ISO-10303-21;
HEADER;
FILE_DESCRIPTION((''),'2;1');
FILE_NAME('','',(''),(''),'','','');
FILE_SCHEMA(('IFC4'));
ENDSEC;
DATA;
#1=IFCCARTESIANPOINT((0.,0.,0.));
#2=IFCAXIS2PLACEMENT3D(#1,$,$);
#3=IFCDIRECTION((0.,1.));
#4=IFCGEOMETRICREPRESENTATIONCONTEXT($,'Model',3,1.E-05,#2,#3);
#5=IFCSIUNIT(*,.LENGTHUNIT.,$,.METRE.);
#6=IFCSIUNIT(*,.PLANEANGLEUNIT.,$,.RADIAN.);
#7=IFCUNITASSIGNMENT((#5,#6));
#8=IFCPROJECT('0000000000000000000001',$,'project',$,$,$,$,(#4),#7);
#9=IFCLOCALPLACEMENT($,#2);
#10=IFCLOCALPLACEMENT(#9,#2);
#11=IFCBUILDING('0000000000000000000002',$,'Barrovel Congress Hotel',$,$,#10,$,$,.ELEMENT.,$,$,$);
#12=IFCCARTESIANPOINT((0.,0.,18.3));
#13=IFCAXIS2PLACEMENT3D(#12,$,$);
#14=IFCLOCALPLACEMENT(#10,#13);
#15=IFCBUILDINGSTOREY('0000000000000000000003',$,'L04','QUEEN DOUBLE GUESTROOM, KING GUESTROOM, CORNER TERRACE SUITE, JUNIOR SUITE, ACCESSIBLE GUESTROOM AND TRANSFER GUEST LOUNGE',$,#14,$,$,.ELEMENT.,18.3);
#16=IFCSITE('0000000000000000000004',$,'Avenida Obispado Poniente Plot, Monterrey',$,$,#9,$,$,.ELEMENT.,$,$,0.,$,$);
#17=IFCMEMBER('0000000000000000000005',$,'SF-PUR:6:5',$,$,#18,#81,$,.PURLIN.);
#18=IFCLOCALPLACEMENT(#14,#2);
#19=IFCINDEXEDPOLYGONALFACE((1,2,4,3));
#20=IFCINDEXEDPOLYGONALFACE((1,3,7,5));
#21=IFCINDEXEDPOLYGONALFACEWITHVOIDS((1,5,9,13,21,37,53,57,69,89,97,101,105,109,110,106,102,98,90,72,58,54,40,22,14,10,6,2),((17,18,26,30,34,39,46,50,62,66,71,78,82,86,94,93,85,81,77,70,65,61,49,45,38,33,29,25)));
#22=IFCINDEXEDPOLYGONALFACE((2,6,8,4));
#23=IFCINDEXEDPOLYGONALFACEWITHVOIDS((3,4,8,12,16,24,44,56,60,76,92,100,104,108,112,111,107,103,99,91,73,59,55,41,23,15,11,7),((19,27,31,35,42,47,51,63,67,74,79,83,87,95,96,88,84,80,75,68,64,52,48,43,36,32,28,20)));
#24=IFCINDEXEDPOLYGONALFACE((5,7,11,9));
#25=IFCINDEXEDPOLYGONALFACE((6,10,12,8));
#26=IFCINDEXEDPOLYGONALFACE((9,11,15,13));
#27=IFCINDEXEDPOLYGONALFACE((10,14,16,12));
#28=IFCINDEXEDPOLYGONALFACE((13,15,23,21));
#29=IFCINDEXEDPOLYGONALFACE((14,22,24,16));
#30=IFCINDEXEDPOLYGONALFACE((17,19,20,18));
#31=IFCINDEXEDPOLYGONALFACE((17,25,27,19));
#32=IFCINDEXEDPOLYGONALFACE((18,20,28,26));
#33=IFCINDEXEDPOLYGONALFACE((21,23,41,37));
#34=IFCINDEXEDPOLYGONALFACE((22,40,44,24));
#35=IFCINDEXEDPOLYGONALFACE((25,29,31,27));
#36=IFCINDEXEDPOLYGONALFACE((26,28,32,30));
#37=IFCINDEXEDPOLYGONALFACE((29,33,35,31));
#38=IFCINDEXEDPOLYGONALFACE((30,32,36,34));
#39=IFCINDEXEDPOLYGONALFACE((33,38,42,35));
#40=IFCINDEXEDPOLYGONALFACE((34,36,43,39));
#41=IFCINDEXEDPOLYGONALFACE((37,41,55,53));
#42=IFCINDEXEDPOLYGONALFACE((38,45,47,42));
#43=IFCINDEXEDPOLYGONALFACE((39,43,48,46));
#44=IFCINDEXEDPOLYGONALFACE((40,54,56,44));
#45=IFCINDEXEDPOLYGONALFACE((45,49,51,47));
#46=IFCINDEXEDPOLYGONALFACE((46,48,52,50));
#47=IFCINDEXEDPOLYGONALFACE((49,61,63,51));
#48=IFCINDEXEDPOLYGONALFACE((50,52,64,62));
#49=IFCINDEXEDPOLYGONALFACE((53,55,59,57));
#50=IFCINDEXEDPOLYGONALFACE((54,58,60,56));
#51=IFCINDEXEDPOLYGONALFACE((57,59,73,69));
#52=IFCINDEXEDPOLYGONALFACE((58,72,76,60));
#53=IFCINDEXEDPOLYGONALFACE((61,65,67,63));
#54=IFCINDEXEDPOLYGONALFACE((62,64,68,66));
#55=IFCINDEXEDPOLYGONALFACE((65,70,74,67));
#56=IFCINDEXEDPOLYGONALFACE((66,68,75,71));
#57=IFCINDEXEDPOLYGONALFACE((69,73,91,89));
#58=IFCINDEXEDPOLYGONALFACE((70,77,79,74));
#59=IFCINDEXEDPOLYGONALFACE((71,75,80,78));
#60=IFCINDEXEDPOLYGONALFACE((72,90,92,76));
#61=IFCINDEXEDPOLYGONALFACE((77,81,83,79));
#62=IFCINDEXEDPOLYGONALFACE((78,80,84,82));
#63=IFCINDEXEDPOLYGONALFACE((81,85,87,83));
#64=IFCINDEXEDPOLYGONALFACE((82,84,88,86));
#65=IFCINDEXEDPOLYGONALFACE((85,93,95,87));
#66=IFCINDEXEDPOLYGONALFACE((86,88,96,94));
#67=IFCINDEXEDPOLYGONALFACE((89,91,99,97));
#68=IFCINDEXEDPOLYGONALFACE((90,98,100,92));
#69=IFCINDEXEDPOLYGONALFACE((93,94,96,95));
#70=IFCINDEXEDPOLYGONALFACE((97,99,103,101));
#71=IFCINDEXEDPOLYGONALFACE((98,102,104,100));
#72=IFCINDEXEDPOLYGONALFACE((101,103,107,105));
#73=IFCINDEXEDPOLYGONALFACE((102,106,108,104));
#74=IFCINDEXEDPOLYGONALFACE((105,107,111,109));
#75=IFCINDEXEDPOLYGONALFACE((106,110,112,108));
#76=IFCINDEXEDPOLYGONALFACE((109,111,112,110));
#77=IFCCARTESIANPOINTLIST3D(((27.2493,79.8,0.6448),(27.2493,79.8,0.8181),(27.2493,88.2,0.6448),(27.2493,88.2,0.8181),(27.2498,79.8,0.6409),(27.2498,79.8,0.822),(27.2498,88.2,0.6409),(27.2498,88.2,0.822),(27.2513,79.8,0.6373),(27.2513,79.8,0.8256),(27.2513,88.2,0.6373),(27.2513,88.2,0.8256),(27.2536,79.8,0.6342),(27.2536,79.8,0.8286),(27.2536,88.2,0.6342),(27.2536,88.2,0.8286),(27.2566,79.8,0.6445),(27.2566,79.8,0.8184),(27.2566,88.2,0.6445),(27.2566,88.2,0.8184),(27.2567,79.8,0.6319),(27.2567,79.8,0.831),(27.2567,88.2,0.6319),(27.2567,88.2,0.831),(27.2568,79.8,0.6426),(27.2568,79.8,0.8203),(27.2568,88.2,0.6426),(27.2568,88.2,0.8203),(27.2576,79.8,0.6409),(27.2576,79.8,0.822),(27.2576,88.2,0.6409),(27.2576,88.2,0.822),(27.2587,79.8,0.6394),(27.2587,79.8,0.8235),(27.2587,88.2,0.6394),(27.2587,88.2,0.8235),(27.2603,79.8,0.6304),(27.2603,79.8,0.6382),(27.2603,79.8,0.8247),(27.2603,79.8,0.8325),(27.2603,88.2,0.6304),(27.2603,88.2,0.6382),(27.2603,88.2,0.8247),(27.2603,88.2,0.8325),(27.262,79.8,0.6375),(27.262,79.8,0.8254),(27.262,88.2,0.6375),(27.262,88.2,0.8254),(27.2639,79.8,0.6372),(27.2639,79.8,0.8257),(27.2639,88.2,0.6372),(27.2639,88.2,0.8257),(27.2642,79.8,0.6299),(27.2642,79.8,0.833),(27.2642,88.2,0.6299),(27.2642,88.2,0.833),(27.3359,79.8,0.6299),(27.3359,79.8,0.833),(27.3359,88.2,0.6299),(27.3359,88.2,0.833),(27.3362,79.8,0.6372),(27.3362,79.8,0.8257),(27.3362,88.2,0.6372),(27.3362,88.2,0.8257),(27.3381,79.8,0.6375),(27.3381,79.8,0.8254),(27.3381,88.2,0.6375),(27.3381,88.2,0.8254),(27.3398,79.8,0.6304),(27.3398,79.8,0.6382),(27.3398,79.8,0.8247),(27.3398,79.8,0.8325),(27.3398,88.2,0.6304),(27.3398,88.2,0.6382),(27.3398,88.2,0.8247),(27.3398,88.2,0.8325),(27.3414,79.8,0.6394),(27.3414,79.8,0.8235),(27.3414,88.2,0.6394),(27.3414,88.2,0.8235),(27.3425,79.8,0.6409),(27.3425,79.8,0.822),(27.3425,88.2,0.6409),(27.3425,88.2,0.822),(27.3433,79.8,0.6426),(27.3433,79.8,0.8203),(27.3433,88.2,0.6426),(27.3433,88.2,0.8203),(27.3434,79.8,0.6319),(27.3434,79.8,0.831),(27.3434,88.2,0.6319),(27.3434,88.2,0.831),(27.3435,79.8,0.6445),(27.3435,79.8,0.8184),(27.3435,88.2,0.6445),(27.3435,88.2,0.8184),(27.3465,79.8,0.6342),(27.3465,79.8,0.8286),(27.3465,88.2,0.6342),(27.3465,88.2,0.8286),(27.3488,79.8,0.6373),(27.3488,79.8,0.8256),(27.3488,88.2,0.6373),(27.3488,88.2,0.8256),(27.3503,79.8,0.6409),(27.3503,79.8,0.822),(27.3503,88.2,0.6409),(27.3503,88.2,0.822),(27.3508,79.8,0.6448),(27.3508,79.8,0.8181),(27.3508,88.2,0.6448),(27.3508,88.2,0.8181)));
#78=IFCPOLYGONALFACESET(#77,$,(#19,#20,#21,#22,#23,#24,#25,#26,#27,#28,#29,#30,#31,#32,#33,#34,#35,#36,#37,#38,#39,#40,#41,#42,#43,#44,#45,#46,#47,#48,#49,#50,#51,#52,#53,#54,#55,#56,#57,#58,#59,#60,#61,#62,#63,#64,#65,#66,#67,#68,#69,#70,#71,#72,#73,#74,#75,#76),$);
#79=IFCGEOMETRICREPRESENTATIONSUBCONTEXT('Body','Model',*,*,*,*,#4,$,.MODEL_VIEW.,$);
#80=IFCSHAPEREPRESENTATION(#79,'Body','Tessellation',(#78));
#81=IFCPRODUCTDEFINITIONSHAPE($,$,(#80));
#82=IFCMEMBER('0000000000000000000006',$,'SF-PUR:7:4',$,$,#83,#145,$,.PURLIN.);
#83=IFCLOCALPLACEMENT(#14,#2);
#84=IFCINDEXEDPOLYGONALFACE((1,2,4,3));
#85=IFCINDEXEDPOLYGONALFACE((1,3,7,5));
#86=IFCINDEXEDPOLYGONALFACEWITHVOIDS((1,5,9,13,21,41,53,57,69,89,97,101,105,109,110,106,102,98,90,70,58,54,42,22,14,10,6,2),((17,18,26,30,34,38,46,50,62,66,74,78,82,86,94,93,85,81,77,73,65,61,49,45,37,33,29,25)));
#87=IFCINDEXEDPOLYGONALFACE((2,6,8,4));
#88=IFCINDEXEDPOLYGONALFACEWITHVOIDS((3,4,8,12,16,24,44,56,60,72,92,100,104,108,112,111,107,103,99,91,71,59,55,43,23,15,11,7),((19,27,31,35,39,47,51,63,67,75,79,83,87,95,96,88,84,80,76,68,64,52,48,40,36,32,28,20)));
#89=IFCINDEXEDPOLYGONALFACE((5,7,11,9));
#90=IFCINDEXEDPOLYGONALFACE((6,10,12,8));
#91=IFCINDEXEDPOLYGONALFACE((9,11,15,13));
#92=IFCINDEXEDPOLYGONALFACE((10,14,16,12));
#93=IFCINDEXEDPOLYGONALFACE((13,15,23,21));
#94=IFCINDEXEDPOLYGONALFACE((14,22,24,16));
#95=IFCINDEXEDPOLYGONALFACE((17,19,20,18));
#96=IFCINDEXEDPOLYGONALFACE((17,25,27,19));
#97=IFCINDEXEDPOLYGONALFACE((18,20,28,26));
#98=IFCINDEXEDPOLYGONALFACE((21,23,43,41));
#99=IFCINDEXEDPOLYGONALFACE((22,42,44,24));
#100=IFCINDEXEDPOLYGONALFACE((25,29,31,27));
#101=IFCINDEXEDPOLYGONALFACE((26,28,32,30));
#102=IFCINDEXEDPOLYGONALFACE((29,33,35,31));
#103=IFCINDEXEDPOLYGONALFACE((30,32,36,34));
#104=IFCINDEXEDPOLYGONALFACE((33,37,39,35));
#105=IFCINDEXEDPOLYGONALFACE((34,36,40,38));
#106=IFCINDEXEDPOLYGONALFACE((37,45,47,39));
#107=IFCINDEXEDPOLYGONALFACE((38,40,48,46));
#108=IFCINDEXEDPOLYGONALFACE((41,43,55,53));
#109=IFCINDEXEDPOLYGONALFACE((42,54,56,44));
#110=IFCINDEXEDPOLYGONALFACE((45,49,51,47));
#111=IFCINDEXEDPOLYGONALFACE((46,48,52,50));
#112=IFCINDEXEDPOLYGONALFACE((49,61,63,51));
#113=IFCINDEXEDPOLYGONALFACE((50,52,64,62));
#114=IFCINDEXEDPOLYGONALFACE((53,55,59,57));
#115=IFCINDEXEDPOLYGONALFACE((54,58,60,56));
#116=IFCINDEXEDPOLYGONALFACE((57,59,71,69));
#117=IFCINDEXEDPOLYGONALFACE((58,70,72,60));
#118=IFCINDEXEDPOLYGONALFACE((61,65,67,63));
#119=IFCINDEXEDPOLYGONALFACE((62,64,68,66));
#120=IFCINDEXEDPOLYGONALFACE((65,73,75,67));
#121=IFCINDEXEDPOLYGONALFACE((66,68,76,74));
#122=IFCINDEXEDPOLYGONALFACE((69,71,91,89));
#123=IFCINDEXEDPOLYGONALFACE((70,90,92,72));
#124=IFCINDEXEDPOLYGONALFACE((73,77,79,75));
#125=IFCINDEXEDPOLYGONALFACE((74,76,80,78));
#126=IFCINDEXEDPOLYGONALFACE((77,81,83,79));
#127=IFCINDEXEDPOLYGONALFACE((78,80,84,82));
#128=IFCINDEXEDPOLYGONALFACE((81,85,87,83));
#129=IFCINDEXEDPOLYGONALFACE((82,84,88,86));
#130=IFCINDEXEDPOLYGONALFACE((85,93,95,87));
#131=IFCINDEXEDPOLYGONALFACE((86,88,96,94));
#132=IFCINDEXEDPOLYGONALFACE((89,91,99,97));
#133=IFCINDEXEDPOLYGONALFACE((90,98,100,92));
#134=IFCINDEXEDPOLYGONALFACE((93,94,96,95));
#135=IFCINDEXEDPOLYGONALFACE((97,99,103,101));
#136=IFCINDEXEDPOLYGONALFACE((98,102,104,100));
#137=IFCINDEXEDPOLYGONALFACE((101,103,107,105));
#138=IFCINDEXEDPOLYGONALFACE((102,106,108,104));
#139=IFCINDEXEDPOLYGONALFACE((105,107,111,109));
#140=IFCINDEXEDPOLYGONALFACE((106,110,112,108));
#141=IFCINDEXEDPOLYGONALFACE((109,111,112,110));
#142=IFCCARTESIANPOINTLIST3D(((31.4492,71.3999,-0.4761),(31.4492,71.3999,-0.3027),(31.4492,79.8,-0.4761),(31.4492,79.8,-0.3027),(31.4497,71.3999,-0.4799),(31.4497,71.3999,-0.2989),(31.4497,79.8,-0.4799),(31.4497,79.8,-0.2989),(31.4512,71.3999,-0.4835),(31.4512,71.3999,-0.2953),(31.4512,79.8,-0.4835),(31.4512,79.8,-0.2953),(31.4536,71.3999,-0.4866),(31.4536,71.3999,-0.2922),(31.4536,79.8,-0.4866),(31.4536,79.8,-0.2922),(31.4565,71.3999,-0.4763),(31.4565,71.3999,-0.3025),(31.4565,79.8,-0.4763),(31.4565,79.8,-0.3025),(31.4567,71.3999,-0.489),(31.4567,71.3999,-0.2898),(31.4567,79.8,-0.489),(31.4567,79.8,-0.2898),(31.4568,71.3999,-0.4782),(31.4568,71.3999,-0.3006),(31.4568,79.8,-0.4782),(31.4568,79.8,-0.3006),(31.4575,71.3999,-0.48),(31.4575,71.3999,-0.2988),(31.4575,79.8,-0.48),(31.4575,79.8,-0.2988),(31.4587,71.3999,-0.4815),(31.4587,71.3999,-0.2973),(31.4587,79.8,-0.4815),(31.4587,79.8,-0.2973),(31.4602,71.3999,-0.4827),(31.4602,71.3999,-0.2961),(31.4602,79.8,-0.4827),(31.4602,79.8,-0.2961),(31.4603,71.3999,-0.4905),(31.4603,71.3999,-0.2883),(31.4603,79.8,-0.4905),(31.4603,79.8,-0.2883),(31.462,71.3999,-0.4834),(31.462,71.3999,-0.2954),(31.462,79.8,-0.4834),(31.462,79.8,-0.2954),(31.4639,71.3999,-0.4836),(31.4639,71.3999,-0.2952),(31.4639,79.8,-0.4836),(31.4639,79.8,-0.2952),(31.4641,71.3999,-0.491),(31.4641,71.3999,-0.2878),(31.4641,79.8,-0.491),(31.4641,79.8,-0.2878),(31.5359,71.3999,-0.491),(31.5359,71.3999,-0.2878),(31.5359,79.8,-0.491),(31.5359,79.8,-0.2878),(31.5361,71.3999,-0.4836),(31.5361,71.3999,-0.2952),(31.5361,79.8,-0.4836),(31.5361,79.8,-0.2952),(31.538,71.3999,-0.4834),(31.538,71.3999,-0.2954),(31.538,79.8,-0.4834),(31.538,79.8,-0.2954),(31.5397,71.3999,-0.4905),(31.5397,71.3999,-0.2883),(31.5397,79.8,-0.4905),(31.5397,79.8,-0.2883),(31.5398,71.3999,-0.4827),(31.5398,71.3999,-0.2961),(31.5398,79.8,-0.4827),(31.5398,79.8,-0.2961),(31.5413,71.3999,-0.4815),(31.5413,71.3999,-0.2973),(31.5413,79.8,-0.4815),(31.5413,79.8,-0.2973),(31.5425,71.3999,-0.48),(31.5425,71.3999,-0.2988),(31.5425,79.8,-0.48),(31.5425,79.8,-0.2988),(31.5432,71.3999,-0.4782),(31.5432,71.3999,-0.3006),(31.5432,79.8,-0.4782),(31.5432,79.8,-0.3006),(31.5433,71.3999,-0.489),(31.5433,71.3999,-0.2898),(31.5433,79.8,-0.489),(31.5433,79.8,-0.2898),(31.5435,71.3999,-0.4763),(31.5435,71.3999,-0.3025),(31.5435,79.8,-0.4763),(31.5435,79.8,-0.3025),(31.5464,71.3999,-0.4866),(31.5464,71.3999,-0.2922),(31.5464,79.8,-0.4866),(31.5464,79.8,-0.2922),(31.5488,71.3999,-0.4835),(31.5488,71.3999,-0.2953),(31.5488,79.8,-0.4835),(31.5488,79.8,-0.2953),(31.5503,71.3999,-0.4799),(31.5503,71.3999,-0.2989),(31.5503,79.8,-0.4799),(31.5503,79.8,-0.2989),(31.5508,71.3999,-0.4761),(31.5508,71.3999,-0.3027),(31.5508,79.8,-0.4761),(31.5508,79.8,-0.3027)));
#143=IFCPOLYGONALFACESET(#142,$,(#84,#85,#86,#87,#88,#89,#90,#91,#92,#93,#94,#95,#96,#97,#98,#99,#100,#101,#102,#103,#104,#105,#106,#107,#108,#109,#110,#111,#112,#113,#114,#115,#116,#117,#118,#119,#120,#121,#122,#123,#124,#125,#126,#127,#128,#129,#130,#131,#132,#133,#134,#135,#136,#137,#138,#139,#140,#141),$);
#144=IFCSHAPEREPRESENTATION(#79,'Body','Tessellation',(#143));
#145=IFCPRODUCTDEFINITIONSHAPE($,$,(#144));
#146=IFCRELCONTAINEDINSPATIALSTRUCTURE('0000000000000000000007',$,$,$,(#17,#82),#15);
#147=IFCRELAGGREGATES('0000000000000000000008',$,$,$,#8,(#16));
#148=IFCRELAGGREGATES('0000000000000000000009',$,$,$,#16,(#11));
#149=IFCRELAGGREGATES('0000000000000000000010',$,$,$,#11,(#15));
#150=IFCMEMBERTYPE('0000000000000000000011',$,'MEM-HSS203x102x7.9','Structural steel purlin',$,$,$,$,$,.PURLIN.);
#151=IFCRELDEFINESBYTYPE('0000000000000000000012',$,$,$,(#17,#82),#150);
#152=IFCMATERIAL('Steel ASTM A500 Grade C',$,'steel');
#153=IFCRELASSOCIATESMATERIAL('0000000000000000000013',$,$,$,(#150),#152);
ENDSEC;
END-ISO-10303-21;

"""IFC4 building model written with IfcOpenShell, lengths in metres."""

from ifc_helpers import new_model, si_unit, direction, frame, origin, origin_2d, place, context, subcontext, project, spatial, hollow_rectangle, extrude, material, material_profile, profile_set, type_object, element, save


model = new_model("IFC4")

# Units and contexts
model_context = context("Model", 3, precision=1e-05, world=origin(), true_north=direction((0.0, 1.0)))
body_context = subcontext(model_context, "Body", "Model", "MODEL_VIEW")
ifc_project = project(units=[si_unit("LENGTHUNIT", "METRE"), si_unit("PLANEANGLEUNIT", "RADIAN")], contexts=[model_context])

# Site, building, storey
site_placement = place(None, origin())
site = spatial("IfcSite", under=ifc_project, at=site_placement, Name="Avenida Obispado Poniente Plot, Monterrey", CompositionType="ELEMENT", RefElevation=0.0)
building_placement = place(site_placement, origin())
building = spatial("IfcBuilding", under=site, at=building_placement, Name="Barrovel Congress Hotel", CompositionType="ELEMENT")
storey_placement = place(building_placement, frame((0.0, 0.0, 18.3)))
storey = spatial("IfcBuildingStorey", under=building, at=storey_placement, Name="L04", Description="QUEEN DOUBLE GUESTROOM, KING GUESTROOM, CORNER TERRACE SUITE, JUNIOR SUITE, ACCESSIBLE GUESTROOM AND TRANSFER GUEST LOUNGE", CompositionType="ELEMENT", Elevation=18.3)

# Members
ifc_material_1 = material(Name="Steel ASTM A500 Grade C", Category="steel")
ifc_material_profile_1 = material_profile(ifc_material_1, hollow_rectangle(XDim=0.1016, YDim=0.2031, WallThickness=0.0073, InnerFilletRadius=0.0073, OuterFilletRadius=0.0149, at=origin_2d()), Name="HSS203x102x7.9")
ifc_profile_set_1 = profile_set([ifc_material_profile_1], Name="Steel ASTM A500 Grade C")
member_type = type_object("IfcMemberType", Name="MEM-HSS203x102x7.9", Description="Structural steel purlin", PredefinedType="PURLIN", material=ifc_profile_set_1)
member_1_placement = place(storey_placement, frame((27.3, 79.8, 0.7314), z_axis=(0.0, 1.0, 0.0), x_axis=(-1.0, 0.0, 0.0)))
element("IfcMember", 1, at=member_1_placement, inside=storey, type_object=member_type, Name="SF-PUR:6:5", PredefinedType="PURLIN", context=body_context, shape_type="SweptSolid", body=[
    extrude(hollow_rectangle(XDim=0.1016, YDim=0.2031, WallThickness=0.0073, InnerFilletRadius=0.0073, OuterFilletRadius=0.0149, at=origin_2d()), origin(), (0.0, 0.0, 1.0), 8.3999),
])
member_2_placement = place(storey_placement, frame((31.5, 71.3999, -0.3894), z_axis=(0.0, 1.0, 0.0), x_axis=(-1.0, 0.0, 0.0)))
element("IfcMember", 2, at=member_2_placement, inside=storey, type_object=member_type, Name="SF-PUR:7:4", PredefinedType="PURLIN", context=body_context, shape_type="SweptSolid", body=[
    extrude(hollow_rectangle(XDim=0.1016, YDim=0.2031, WallThickness=0.0073, InnerFilletRadius=0.0073, OuterFilletRadius=0.0149, at=origin_2d()), origin(), (0.0, 0.0, 1.0), 8.4001),
])

save(model, "model.ifc")
